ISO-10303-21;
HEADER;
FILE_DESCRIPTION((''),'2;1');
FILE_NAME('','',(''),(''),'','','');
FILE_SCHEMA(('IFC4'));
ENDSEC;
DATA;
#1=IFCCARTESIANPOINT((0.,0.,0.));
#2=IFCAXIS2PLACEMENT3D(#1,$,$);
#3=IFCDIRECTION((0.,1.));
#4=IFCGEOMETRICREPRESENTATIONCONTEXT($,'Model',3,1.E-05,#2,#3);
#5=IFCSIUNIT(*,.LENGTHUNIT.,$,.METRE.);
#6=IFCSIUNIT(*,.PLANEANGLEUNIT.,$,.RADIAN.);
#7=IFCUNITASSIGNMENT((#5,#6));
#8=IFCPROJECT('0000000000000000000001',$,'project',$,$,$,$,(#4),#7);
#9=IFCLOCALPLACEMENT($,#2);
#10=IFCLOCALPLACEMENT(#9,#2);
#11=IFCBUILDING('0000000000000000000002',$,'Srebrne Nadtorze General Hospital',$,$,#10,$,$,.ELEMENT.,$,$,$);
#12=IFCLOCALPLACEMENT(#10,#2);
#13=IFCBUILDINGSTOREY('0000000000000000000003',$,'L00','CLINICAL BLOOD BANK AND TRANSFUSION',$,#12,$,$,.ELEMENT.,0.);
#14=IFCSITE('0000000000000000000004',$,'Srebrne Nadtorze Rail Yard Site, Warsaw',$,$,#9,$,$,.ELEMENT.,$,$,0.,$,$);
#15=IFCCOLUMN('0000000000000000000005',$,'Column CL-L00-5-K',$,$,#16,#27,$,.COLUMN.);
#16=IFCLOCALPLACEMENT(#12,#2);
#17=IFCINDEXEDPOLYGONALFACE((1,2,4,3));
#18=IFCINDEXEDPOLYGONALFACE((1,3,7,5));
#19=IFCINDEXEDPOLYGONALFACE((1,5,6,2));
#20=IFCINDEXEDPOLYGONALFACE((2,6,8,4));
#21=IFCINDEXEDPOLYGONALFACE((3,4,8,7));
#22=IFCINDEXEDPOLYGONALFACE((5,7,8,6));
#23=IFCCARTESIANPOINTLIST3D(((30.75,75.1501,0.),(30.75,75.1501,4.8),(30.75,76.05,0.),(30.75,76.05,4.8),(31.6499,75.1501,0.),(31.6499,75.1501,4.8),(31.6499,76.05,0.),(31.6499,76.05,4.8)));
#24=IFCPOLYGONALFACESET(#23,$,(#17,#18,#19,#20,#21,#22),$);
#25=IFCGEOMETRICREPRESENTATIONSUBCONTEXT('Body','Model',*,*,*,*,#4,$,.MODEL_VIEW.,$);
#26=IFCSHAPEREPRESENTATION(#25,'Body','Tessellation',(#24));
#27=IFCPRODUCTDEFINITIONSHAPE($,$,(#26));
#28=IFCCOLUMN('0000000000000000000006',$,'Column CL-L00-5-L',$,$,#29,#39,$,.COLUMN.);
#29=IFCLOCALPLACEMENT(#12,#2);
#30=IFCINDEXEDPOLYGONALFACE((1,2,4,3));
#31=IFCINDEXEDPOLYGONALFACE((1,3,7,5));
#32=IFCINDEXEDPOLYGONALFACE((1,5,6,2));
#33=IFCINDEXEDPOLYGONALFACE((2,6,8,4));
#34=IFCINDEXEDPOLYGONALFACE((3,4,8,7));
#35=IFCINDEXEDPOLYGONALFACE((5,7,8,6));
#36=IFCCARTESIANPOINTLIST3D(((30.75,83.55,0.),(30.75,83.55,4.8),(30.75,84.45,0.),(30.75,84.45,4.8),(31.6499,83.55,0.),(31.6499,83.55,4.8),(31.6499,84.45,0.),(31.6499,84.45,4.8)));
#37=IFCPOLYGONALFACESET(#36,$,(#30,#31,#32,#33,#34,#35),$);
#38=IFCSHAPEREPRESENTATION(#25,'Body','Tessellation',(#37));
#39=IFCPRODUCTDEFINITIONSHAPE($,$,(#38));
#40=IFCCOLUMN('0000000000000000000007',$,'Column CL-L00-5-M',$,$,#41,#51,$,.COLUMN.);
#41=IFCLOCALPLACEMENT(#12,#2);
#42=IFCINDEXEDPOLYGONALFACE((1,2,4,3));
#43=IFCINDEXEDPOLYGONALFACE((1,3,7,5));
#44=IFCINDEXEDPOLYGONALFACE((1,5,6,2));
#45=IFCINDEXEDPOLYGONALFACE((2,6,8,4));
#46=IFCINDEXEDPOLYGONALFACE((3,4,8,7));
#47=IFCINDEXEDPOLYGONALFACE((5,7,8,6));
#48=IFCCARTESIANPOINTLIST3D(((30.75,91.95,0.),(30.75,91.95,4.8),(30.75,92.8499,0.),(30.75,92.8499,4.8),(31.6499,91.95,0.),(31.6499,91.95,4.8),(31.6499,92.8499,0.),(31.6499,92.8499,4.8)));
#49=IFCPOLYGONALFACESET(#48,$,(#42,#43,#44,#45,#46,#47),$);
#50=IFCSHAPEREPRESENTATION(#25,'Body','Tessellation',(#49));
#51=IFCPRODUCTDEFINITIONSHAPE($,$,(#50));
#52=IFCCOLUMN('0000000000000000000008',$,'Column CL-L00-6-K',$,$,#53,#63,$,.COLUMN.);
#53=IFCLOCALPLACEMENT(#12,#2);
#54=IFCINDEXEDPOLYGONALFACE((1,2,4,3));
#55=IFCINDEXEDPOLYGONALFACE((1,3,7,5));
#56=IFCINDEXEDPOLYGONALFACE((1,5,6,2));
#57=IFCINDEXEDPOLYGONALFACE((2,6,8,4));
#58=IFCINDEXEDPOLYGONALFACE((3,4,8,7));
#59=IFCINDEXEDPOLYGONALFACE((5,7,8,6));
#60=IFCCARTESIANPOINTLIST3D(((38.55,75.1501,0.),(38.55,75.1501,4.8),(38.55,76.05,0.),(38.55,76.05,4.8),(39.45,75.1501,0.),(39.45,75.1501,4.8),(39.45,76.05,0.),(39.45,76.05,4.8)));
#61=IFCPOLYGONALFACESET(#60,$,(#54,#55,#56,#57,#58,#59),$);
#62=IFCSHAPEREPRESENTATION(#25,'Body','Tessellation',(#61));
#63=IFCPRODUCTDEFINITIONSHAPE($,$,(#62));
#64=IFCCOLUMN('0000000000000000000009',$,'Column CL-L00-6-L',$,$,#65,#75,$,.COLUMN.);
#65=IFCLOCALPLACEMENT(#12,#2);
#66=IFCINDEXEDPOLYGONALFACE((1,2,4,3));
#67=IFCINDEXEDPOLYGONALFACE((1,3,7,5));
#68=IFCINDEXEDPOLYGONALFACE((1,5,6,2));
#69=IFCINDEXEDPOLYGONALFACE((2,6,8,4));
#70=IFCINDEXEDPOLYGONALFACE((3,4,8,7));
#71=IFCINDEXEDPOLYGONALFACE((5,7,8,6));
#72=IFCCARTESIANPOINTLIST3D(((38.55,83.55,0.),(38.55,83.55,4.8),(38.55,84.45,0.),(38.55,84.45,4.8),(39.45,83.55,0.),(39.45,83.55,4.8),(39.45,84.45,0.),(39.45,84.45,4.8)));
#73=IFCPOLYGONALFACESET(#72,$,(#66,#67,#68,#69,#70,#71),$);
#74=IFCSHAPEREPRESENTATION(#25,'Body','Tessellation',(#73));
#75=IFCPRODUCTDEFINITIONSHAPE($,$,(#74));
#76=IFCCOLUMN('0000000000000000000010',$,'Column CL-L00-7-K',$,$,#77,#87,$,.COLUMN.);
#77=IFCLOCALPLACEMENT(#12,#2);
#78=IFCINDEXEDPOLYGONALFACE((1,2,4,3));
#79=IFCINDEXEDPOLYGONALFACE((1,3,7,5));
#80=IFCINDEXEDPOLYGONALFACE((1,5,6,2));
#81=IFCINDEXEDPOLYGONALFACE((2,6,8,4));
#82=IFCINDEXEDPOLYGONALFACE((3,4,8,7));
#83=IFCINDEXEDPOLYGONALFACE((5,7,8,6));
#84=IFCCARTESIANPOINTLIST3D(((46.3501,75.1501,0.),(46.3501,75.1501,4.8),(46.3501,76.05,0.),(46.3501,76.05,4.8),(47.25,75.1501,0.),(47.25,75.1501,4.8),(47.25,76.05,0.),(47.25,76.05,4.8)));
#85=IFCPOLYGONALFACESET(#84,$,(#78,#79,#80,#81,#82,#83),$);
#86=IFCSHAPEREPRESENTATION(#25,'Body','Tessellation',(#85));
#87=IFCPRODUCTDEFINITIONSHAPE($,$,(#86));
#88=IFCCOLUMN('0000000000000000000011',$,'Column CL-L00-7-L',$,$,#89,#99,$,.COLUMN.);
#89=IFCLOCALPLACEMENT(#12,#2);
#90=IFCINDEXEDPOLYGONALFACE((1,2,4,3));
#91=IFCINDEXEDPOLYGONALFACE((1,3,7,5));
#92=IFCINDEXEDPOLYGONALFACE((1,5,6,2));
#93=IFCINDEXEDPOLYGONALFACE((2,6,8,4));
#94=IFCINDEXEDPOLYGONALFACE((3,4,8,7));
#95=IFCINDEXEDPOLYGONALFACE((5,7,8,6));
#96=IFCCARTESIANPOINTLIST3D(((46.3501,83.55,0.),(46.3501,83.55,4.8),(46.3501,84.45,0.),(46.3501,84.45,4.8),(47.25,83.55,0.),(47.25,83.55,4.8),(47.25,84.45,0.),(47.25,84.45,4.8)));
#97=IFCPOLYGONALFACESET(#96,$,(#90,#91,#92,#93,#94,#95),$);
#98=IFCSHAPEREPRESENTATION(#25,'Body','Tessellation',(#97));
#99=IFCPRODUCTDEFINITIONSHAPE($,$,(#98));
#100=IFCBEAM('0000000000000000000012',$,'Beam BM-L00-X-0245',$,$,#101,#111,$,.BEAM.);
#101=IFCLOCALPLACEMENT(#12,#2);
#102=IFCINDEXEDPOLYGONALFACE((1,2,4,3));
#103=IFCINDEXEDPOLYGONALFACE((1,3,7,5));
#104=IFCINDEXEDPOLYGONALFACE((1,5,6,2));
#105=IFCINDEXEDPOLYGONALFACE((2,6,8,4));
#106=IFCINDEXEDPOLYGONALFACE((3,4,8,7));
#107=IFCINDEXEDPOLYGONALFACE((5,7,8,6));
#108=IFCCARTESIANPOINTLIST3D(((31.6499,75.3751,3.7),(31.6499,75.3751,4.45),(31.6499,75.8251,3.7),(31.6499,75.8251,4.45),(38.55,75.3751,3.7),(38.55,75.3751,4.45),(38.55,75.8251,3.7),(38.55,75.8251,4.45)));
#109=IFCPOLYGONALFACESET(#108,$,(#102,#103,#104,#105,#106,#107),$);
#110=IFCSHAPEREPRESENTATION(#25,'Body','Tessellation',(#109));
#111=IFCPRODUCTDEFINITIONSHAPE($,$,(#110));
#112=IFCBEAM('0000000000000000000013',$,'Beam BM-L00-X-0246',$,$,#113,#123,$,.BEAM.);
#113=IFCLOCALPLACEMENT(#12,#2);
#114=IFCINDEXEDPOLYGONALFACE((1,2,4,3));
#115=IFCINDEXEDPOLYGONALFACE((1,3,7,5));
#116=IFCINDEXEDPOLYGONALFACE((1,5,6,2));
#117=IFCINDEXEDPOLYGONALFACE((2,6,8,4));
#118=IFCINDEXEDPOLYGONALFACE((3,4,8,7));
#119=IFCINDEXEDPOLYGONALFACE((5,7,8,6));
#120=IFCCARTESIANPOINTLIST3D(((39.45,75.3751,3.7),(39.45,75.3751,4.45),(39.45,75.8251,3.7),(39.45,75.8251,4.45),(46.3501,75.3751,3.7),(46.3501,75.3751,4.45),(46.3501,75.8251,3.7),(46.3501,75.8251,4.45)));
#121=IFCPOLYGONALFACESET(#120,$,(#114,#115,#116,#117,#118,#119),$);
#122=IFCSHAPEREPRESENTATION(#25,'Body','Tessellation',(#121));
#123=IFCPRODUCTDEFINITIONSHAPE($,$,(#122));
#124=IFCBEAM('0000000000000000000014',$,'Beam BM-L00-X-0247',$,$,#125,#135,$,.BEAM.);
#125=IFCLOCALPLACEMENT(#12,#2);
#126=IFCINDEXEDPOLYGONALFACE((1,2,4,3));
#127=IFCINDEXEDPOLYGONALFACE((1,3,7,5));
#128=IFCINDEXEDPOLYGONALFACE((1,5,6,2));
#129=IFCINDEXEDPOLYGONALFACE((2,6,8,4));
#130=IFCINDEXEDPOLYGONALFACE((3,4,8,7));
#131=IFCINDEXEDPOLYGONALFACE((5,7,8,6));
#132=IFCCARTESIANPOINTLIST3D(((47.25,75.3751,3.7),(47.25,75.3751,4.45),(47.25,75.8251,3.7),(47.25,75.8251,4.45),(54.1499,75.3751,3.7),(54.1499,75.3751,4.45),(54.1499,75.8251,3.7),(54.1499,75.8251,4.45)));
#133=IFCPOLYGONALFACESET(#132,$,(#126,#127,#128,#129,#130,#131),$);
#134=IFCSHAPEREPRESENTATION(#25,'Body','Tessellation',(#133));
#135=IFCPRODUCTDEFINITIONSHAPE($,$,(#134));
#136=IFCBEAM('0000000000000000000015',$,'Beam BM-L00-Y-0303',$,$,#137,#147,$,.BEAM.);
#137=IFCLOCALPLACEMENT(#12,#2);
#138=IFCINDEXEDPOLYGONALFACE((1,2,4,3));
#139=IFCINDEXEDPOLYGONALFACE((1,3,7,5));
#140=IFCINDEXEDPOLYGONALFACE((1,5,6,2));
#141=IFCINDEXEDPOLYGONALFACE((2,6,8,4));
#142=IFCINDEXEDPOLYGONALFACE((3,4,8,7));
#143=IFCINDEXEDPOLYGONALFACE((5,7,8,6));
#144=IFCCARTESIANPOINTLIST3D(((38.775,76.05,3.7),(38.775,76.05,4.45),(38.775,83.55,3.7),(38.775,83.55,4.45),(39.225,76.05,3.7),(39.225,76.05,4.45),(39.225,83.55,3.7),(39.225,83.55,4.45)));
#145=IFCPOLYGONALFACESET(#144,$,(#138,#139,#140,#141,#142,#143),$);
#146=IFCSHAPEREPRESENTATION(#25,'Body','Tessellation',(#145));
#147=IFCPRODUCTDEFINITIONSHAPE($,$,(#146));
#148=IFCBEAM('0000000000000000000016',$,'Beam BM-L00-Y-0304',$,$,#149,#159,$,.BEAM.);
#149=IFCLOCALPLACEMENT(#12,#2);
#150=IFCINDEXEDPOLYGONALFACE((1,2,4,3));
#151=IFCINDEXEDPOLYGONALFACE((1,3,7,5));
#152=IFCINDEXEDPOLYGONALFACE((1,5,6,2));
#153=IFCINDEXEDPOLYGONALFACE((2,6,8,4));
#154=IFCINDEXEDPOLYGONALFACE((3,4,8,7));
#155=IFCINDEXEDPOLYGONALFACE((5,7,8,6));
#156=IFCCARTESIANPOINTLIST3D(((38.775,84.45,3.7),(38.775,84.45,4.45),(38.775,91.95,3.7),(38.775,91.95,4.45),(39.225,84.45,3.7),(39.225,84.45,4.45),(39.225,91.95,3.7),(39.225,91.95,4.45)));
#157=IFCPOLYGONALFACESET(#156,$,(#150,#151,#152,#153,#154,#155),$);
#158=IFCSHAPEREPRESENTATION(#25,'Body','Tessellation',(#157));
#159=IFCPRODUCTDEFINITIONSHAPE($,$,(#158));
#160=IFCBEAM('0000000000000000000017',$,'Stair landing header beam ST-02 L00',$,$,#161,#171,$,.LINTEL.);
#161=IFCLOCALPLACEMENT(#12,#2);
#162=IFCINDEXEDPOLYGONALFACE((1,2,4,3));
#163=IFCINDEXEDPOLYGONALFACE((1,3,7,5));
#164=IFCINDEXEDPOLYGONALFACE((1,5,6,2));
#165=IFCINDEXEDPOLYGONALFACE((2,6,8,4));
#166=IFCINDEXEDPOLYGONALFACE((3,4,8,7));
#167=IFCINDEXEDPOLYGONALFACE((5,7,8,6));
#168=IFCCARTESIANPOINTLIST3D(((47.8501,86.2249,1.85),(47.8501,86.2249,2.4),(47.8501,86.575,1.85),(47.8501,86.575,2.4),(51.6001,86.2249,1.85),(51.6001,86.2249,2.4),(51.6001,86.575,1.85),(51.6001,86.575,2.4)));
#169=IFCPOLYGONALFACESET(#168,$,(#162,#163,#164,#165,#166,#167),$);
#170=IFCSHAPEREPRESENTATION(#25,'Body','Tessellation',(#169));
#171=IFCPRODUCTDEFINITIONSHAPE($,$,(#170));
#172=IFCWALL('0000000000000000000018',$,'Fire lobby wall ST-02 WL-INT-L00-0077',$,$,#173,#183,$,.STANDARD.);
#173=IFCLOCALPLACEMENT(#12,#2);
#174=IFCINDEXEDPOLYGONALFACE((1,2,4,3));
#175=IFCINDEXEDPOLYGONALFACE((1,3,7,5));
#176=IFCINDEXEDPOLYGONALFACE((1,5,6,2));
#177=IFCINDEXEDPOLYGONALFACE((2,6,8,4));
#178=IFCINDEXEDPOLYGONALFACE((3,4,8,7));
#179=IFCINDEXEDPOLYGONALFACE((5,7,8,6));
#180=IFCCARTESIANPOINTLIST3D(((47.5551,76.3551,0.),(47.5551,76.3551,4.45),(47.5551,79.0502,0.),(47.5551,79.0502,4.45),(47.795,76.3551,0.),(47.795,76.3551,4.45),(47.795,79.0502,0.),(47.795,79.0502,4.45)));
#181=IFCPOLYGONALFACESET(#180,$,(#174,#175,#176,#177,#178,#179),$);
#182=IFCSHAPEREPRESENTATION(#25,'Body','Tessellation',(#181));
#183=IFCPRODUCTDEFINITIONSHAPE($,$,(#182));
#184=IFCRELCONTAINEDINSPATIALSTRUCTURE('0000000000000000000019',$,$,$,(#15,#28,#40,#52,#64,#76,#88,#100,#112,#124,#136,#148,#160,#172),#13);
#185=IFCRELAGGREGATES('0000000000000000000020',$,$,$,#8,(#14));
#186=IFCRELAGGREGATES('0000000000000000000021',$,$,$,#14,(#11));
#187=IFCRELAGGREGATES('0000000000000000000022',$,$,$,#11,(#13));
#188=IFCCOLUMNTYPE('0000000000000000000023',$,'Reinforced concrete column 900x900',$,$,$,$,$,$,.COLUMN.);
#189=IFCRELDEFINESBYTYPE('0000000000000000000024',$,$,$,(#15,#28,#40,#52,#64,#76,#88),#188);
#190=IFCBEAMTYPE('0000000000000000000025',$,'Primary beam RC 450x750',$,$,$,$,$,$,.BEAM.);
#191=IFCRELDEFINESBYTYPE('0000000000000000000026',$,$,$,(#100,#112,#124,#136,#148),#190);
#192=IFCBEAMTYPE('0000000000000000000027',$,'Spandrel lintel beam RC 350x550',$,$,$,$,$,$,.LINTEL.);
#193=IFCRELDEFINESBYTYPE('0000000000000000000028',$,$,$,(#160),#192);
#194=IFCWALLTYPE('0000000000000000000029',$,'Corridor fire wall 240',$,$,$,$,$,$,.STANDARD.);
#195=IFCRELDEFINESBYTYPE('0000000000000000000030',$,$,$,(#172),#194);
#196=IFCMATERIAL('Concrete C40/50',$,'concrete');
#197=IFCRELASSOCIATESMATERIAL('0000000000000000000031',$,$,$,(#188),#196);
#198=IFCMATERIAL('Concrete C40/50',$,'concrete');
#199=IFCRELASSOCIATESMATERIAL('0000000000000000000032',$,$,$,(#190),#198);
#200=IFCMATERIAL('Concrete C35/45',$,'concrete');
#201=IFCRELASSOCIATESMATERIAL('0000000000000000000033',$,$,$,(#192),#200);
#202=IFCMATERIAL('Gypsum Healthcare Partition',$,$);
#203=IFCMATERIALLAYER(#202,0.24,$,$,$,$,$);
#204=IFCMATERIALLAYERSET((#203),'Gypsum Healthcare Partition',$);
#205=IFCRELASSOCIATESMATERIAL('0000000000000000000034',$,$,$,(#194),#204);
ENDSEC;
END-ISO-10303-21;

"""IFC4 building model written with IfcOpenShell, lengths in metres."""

from ifc_helpers import new_model, si_unit, direction, frame, frame_2d, origin, origin_2d, place, context, subcontext, project, spatial, rectangle, extrude, material, layer, layer_set, material_profile, profile_set, type_object, element, save


model = new_model("IFC4")

# Units and contexts
model_context = context("Model", 3, precision=1e-05, world=origin(), true_north=direction((0.0, 1.0)))
body_context = subcontext(model_context, "Body", "Model", "MODEL_VIEW")
ifc_project = project(units=[si_unit("LENGTHUNIT", "METRE"), si_unit("PLANEANGLEUNIT", "RADIAN")], contexts=[model_context])

# Site, building, storey
site_placement = place(None, origin())
site = spatial("IfcSite", under=ifc_project, at=site_placement, Name="Srebrne Nadtorze Rail Yard Site, Warsaw", CompositionType="ELEMENT", RefElevation=0.0)
building_placement = place(site_placement, origin())
building = spatial("IfcBuilding", under=site, at=building_placement, Name="Srebrne Nadtorze General Hospital", CompositionType="ELEMENT")
storey_placement = place(building_placement, origin())
storey = spatial("IfcBuildingStorey", under=building, at=storey_placement, Name="L00", Description="CLINICAL BLOOD BANK AND TRANSFUSION", CompositionType="ELEMENT", Elevation=0.0)

# Columns
ifc_material_1 = material(Name="Concrete C40/50", Category="concrete")
ifc_material_profile_1 = material_profile(ifc_material_1, rectangle(XDim=0.8999, YDim=0.8999, at=origin_2d()), Name="RC-COL-900x900")
ifc_profile_set_1 = profile_set([ifc_material_profile_1], Name="Concrete C40/50")
column_type = type_object("IfcColumnType", Name="Reinforced concrete column 900x900", PredefinedType="COLUMN", material=ifc_profile_set_1)
for number, where, z_axis, x_axis, name in (
    (1, (31.2, 75.6001, 0.0), (0.0, 0.0, 1.0), (1.0, 0.0, 0.0), "Column CL-L00-5-K"),
    (2, (31.2, 84.0, 0.0), (0.0, 0.0, 1.0), (1.0, 0.0, 0.0), "Column CL-L00-5-L"),
    (3, (31.2, 92.3999, 0.0), (0.0, 0.0, 1.0), (1.0, 0.0, 0.0), "Column CL-L00-5-M"),
    (4, (39.0, 75.6001, 0.0), (0.0, 0.0, 1.0), (1.0, 0.0, 0.0), "Column CL-L00-6-K"),
    (5, (39.0, 84.0, 0.0), (0.0, 0.0, 1.0), (1.0, 0.0, 0.0), "Column CL-L00-6-L"),
    (6, (46.8, 75.6001, 0.0), (0.0, 0.0, 1.0), (1.0, 0.0, 0.0), "Column CL-L00-7-K"),
    (7, (46.8, 84.0, 0.0), (0.0, 0.0, 1.0), (1.0, 0.0, 0.0), "Column CL-L00-7-L"),
):
    element("IfcColumn", number, at=place(storey_placement, frame(where, z_axis=z_axis, x_axis=x_axis)), inside=storey, type_object=column_type, Name=name, PredefinedType="COLUMN", context=body_context, shape_type="SweptSolid", body=[
        extrude(rectangle(XDim=0.8999, YDim=0.8999, at=origin_2d()), origin(), (0.0, 0.0, 1.0), 4.8),
    ])

# Beams
ifc_material_2 = material(Name="Concrete C40/50", Category="concrete")
ifc_material_profile_2 = material_profile(ifc_material_2, rectangle(XDim=0.45, YDim=0.75, at=origin_2d()), Name="RC-BM-450x750")
ifc_profile_set_2 = profile_set([ifc_material_profile_2], Name="Concrete C40/50")
beam_type_1 = type_object("IfcBeamType", Name="Primary beam RC 450x750", PredefinedType="BEAM", material=ifc_profile_set_2)
for number, where, z_axis, x_axis, name in (
    (8, (31.6499, 75.6001, 4.075), (1.0, 0.0, 0.0), (0.0, 1.0, 0.0), "Beam BM-L00-X-0245"),
    (9, (39.45, 75.6001, 4.075), (1.0, 0.0, 0.0), (0.0, 1.0, 0.0), "Beam BM-L00-X-0246"),
):
    element("IfcBeam", number, at=place(storey_placement, frame(where, z_axis=z_axis, x_axis=x_axis)), inside=storey, type_object=beam_type_1, Name=name, PredefinedType="BEAM", context=body_context, shape_type="SweptSolid", body=[
        extrude(rectangle(XDim=0.45, YDim=0.75, at=origin_2d()), origin(), (0.0, 0.0, 1.0), 6.9001),
    ])
beam_1_placement = place(storey_placement, frame((47.25, 75.6001, 4.075), z_axis=(1.0, 0.0, 0.0), x_axis=(0.0, 1.0, 0.0)))
element("IfcBeam", 10, at=beam_1_placement, inside=storey, type_object=beam_type_1, Name="Beam BM-L00-X-0247", PredefinedType="BEAM", context=body_context, shape_type="SweptSolid", body=[
    extrude(rectangle(XDim=0.45, YDim=0.75, at=origin_2d()), origin(), (0.0, 0.0, 1.0), 6.8999),
])
for number, where, z_axis, x_axis, name in (
    (11, (39.0, 76.05, 4.075), (0.0, 1.0, 0.0), (-1.0, 0.0, 0.0), "Beam BM-L00-Y-0303"),
    (12, (39.0, 84.45, 4.075), (0.0, 1.0, 0.0), (-1.0, 0.0, 0.0), "Beam BM-L00-Y-0304"),
):
    element("IfcBeam", number, at=place(storey_placement, frame(where, z_axis=z_axis, x_axis=x_axis)), inside=storey, type_object=beam_type_1, Name=name, PredefinedType="BEAM", context=body_context, shape_type="SweptSolid", body=[
        extrude(rectangle(XDim=0.45, YDim=0.75, at=origin_2d()), origin(), (0.0, 0.0, 1.0), 7.5),
    ])
ifc_material_3 = material(Name="Concrete C35/45", Category="concrete")
ifc_material_profile_3 = material_profile(ifc_material_3, rectangle(XDim=0.3501, YDim=0.55, at=origin_2d()), Name="RC-BM-350x550")
ifc_profile_set_3 = profile_set([ifc_material_profile_3], Name="Concrete C35/45")
beam_type_2 = type_object("IfcBeamType", Name="Spandrel lintel beam RC 350x550", PredefinedType="LINTEL", material=ifc_profile_set_3)
beam_2_placement = place(storey_placement, frame((47.8501, 86.3999, 2.125), z_axis=(1.0, 0.0, 0.0), x_axis=(0.0, 1.0, 0.0)))
element("IfcBeam", 13, at=beam_2_placement, inside=storey, type_object=beam_type_2, Name="Stair landing header beam ST-02 L00", PredefinedType="LINTEL", context=body_context, shape_type="SweptSolid", body=[
    extrude(rectangle(XDim=0.3501, YDim=0.55, at=origin_2d()), origin(), (0.0, 0.0, 1.0), 3.75),
])

# Wall
ifc_material_4 = material(Name="Gypsum Healthcare Partition")
ifc_layer_1 = layer(ifc_material_4, 0.24)
ifc_layer_set_1 = layer_set([ifc_layer_1], Name="Gypsum Healthcare Partition")
wall_type_1 = type_object("IfcWallType", Name="Corridor fire wall 240", PredefinedType="STANDARD", material=ifc_layer_set_1)
wall_1_placement = place(storey_placement, frame((47.675, 76.355, 0.0), z_axis=(0.0, 0.0, 1.0), x_axis=(0.0, 1.0, 0.0)))
element("IfcWall", 14, at=wall_1_placement, inside=storey, type_object=wall_type_1, Name="Fire lobby wall ST-02 WL-INT-L00-0077", PredefinedType="STANDARD", context=body_context, shape_type="SweptSolid", body=[
    extrude(rectangle(XDim=2.6951, YDim=0.24, at=frame_2d((1.3477, 0.0))), origin(), (0.0, 0.0, 1.0), 4.45),
])

save(model, "model.ifc")
